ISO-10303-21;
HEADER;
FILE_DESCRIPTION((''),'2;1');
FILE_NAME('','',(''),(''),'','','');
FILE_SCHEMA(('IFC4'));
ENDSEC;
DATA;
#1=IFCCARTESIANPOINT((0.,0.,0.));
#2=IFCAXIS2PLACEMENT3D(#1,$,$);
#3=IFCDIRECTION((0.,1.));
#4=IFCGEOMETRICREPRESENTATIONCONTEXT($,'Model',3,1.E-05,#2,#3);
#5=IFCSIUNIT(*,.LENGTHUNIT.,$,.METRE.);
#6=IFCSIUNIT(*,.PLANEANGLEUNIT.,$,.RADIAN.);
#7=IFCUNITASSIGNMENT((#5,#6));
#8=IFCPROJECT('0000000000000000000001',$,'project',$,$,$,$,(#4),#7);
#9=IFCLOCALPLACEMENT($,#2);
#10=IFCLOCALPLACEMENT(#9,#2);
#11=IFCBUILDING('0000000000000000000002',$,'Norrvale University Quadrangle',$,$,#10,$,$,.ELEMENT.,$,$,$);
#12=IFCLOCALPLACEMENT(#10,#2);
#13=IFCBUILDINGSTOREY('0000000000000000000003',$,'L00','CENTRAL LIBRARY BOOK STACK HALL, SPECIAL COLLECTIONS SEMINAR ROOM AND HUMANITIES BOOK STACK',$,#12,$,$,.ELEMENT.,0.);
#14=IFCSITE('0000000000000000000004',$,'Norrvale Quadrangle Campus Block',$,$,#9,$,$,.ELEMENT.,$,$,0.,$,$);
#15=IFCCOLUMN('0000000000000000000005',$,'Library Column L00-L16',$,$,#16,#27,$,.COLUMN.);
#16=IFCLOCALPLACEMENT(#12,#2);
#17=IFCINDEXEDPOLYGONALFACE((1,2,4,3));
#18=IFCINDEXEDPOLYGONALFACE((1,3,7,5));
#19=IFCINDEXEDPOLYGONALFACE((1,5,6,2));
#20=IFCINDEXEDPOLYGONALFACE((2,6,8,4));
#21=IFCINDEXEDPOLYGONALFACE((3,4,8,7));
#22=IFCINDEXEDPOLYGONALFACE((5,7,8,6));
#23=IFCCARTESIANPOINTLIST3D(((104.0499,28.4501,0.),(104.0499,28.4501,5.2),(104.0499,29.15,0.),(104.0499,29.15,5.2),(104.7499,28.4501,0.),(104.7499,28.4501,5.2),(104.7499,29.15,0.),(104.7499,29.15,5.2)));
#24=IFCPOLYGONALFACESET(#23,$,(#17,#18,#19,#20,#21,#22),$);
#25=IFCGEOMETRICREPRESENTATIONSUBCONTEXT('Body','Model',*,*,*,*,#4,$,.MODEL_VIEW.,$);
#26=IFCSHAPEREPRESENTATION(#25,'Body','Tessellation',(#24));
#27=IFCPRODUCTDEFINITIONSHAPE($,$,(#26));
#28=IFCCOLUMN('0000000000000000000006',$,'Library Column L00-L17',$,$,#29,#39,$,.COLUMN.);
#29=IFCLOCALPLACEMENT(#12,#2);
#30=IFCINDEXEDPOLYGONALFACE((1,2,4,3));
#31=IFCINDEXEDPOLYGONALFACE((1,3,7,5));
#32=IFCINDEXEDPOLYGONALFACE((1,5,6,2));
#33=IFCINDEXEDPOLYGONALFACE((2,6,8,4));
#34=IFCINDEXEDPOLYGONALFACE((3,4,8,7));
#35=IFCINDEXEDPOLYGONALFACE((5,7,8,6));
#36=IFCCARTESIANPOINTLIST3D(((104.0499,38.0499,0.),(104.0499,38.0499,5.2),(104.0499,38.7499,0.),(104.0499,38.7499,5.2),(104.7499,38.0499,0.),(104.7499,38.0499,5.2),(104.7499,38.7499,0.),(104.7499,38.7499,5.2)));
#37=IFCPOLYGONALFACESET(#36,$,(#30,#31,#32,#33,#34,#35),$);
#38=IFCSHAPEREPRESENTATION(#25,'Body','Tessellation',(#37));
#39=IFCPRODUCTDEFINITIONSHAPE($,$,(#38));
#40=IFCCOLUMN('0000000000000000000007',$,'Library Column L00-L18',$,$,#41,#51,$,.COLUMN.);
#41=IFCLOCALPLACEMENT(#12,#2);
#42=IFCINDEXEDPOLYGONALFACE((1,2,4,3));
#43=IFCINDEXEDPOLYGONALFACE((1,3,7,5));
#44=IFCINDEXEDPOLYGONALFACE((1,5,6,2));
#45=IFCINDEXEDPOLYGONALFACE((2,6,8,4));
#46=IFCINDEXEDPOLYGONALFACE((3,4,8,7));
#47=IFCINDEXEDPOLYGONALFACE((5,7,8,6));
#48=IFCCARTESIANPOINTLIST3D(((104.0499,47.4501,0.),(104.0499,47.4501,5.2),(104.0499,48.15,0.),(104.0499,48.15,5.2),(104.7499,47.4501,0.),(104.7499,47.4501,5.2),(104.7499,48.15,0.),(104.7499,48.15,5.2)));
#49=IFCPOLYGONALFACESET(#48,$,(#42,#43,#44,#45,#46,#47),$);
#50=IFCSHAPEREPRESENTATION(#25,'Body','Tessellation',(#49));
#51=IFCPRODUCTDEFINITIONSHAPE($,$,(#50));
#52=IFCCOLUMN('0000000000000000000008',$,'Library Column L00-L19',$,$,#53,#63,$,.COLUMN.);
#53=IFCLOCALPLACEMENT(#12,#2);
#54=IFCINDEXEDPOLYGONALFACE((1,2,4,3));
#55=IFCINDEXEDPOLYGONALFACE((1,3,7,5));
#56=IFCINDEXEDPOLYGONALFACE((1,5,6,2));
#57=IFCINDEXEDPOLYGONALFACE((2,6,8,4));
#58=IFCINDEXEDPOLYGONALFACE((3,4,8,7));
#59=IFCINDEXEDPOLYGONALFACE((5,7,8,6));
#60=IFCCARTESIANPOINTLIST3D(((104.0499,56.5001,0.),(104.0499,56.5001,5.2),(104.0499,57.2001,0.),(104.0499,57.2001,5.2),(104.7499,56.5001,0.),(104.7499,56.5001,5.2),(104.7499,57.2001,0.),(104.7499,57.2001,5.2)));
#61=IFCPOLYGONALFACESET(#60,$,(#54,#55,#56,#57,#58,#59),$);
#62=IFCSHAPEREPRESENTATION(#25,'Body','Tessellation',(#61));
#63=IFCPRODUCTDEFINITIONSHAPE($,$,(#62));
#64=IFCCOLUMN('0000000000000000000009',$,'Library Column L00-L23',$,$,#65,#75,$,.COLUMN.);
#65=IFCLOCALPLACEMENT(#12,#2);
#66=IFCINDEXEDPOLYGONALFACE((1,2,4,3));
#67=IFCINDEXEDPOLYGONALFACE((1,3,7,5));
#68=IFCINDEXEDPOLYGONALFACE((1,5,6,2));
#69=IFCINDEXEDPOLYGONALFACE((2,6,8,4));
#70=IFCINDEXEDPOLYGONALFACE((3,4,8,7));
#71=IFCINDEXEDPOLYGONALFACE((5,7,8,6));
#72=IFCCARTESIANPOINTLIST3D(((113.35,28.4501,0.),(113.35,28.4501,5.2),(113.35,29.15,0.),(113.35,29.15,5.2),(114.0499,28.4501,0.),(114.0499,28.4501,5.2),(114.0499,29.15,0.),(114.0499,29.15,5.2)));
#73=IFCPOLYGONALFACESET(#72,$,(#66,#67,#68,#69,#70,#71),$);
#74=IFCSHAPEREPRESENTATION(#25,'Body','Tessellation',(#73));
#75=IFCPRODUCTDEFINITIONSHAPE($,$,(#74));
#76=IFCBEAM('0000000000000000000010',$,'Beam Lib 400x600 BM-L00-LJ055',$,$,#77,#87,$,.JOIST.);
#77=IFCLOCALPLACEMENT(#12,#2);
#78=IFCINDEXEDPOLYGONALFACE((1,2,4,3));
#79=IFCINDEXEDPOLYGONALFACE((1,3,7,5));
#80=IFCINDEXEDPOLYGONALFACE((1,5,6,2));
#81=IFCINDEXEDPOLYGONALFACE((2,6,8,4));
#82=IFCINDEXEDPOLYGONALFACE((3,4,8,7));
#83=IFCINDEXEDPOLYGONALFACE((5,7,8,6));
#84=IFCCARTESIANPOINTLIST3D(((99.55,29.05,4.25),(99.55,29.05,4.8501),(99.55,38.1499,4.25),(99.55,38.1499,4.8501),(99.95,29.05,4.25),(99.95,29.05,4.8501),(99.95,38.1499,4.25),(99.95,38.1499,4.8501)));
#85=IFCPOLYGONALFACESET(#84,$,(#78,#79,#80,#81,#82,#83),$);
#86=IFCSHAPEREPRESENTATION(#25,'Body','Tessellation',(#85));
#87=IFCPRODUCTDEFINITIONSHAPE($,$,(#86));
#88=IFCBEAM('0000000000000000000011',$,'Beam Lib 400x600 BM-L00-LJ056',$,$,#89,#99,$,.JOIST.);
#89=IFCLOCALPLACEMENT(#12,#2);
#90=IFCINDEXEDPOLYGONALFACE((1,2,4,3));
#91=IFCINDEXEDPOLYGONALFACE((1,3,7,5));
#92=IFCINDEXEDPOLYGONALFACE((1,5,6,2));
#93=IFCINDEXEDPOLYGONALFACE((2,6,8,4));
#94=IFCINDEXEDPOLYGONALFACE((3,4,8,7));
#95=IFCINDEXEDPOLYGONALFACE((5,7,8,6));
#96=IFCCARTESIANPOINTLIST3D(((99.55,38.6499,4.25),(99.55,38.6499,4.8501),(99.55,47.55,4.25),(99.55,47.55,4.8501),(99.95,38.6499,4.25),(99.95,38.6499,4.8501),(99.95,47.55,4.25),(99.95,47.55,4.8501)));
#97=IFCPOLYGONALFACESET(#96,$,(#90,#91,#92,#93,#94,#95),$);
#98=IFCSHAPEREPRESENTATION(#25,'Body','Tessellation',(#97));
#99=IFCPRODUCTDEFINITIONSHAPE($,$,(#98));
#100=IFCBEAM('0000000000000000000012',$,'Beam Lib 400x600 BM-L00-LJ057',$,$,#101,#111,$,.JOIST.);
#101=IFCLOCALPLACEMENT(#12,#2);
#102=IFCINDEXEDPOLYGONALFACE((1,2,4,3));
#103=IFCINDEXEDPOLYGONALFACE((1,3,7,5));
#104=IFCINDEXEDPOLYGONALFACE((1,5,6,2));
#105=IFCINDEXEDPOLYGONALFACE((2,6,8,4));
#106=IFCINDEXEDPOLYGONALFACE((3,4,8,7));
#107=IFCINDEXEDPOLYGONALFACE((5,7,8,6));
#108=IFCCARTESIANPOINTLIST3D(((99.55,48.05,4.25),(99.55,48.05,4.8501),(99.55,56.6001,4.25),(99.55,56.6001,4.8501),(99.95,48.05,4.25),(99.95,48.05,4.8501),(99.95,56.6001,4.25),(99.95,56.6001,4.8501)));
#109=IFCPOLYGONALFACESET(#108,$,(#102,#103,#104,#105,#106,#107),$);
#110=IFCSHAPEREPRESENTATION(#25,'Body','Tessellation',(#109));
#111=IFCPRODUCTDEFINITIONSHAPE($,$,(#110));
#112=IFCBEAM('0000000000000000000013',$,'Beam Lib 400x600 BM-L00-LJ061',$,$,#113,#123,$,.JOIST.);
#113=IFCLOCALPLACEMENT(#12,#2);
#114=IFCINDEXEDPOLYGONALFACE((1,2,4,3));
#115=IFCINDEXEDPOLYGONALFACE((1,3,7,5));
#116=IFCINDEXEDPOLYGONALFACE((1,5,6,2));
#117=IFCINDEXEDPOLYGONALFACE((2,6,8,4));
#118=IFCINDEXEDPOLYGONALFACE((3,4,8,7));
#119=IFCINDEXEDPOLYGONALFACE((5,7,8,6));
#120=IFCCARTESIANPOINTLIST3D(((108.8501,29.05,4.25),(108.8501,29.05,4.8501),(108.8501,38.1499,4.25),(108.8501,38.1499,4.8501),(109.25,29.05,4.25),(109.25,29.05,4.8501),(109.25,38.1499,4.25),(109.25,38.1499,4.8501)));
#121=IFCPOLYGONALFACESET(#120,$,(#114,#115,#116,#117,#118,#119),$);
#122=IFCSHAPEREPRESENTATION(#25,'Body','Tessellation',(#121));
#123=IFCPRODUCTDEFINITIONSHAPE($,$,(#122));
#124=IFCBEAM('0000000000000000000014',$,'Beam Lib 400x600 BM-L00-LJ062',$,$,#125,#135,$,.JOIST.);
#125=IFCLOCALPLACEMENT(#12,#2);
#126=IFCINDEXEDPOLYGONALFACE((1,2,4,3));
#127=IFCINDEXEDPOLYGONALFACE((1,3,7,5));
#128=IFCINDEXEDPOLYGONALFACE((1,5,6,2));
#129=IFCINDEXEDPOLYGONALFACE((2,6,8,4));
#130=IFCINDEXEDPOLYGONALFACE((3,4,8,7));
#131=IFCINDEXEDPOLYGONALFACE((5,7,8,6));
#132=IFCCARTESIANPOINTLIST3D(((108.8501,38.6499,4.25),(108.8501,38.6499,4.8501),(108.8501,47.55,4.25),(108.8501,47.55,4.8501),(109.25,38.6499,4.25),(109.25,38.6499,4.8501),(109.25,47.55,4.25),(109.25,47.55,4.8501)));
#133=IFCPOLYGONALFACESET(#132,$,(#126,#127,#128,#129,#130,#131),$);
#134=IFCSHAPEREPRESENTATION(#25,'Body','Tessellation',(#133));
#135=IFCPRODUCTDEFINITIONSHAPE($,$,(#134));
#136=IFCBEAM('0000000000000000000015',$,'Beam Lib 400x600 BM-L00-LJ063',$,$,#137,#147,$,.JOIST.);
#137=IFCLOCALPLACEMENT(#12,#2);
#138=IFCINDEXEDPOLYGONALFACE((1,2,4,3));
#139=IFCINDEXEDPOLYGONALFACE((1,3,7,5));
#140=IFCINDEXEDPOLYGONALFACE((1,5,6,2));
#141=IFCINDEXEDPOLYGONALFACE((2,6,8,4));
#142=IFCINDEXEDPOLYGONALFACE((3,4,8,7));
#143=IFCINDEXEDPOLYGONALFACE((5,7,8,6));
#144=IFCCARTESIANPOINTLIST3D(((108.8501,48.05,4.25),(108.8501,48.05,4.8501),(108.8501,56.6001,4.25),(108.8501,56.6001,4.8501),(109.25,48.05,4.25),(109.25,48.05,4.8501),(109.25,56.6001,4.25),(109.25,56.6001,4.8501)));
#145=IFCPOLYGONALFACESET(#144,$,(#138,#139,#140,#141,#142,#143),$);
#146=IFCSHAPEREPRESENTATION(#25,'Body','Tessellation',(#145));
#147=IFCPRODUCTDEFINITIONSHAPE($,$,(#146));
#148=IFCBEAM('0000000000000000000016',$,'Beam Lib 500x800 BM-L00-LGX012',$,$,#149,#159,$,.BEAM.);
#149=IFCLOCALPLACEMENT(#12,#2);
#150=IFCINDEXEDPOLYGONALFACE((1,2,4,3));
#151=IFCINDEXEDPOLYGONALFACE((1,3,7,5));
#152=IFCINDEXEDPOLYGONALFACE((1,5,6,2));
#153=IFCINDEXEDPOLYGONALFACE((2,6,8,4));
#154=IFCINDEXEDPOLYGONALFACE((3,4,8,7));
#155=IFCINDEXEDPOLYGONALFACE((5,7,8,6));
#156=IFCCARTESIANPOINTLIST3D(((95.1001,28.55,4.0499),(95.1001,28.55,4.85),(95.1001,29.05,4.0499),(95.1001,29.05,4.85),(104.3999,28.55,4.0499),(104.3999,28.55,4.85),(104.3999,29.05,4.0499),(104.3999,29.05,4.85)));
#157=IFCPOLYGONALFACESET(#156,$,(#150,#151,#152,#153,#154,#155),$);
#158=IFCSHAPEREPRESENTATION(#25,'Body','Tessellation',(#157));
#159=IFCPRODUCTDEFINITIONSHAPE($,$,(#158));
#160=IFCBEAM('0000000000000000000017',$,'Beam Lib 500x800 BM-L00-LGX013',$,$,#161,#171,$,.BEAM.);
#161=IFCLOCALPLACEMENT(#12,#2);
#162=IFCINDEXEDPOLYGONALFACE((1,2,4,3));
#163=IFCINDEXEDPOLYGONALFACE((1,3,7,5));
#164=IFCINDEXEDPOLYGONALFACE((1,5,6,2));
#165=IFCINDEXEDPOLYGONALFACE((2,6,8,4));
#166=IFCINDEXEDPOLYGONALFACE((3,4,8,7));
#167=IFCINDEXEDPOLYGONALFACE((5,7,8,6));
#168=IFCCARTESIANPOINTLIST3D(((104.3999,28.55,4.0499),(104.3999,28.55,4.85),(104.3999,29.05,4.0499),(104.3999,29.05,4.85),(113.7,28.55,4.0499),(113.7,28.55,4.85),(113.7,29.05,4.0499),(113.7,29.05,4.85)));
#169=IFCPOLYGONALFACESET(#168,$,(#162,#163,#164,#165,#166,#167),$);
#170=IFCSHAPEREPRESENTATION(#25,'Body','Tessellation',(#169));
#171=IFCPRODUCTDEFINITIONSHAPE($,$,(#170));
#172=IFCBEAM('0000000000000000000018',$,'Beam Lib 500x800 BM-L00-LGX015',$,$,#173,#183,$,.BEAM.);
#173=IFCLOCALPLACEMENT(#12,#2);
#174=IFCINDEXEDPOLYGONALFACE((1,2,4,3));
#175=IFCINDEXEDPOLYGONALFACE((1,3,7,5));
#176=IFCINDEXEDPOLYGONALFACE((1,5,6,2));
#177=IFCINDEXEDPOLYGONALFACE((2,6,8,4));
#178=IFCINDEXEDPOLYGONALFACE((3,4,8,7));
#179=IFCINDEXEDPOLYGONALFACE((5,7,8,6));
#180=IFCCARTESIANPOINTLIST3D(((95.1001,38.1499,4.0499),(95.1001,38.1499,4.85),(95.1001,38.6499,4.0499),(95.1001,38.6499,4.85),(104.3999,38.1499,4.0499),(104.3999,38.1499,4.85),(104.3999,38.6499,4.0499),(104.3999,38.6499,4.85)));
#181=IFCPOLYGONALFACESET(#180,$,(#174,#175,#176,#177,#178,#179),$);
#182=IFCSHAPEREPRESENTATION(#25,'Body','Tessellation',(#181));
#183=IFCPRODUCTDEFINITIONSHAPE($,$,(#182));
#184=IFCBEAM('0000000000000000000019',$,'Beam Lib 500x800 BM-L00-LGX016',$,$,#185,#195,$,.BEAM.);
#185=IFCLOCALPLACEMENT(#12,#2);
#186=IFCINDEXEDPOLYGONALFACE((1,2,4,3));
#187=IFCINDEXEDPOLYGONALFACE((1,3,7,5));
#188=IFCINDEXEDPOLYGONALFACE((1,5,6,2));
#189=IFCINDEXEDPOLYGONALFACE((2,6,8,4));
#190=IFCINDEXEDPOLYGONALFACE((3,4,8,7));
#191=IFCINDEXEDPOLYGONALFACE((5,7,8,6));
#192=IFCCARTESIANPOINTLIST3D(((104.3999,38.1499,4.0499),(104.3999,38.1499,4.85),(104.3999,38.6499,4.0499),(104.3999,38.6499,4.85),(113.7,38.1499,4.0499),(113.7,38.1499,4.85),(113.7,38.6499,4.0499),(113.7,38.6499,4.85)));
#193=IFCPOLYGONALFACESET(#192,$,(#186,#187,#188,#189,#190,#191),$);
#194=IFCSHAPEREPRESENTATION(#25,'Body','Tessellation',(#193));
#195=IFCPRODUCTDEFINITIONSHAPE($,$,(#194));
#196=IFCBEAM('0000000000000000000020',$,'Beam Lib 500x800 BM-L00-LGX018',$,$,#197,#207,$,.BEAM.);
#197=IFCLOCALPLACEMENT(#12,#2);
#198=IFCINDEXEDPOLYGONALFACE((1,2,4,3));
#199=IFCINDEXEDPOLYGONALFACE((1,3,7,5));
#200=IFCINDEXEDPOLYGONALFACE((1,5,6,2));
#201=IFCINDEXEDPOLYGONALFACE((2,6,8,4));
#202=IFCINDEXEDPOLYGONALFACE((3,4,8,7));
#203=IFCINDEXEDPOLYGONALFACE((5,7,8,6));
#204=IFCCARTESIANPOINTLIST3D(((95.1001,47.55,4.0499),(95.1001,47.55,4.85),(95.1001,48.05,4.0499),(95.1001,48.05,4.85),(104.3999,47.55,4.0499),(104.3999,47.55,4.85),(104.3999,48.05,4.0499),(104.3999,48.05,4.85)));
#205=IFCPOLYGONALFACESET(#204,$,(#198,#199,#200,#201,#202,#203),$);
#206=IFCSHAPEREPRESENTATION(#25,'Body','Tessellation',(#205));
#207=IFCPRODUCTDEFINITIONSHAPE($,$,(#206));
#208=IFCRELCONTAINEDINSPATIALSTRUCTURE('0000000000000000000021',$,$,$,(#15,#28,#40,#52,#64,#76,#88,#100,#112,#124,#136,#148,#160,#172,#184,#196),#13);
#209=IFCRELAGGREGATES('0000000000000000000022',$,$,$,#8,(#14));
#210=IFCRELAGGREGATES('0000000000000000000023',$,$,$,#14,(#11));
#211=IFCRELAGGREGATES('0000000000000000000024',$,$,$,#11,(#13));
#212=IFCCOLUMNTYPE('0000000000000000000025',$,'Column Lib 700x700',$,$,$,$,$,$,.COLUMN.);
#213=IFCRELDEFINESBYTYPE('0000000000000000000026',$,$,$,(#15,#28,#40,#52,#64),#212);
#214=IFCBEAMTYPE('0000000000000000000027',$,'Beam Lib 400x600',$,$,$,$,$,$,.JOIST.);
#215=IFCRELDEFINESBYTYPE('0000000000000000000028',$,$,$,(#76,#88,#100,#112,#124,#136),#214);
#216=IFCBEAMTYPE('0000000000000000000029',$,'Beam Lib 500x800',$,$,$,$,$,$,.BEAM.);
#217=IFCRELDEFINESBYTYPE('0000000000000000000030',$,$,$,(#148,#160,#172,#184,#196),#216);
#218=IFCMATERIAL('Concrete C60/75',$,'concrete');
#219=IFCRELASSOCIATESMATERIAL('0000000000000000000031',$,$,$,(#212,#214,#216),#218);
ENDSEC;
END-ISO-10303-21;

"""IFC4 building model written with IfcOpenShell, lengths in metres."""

from ifc_helpers import new_model, si_unit, direction, frame, origin, origin_2d, place, context, subcontext, project, spatial, rectangle, extrude, material, material_profile, profile_set, type_object, element, save


model = new_model("IFC4")

# Units and contexts
model_context = context("Model", 3, precision=1e-05, world=origin(), true_north=direction((0.0, 1.0)))
body_context = subcontext(model_context, "Body", "Model", "MODEL_VIEW")
ifc_project = project(units=[si_unit("LENGTHUNIT", "METRE"), si_unit("PLANEANGLEUNIT", "RADIAN")], contexts=[model_context])

# Site, building, storey
site_placement = place(None, origin())
site = spatial("IfcSite", under=ifc_project, at=site_placement, Name="Norrvale Quadrangle Campus Block", CompositionType="ELEMENT", RefElevation=0.0)
building_placement = place(site_placement, origin())
building = spatial("IfcBuilding", under=site, at=building_placement, Name="Norrvale University Quadrangle", CompositionType="ELEMENT")
storey_placement = place(building_placement, origin())
storey = spatial("IfcBuildingStorey", under=building, at=storey_placement, Name="L00", Description="CENTRAL LIBRARY BOOK STACK HALL, SPECIAL COLLECTIONS SEMINAR ROOM AND HUMANITIES BOOK STACK", CompositionType="ELEMENT", Elevation=0.0)

# Columns
ifc_material_1 = material(Name="Concrete C60/75", Category="concrete")
ifc_material_profile_1 = material_profile(ifc_material_1, rectangle(XDim=0.7, YDim=0.7, at=origin_2d()), Name="Concrete C60/75")
ifc_profile_set_1 = profile_set([ifc_material_profile_1], Name="Concrete C60/75")
column_type = type_object("IfcColumnType", Name="Column Lib 700x700", PredefinedType="COLUMN", material=ifc_profile_set_1)
for number, where, z_axis, x_axis, name in (
    (1, (104.3999, 28.8, 0.0), (0.0, 0.0, 1.0), (1.0, 0.0, 0.0), "Library Column L00-L16"),
    (2, (104.3999, 38.3999, 0.0), (0.0, 0.0, 1.0), (1.0, 0.0, 0.0), "Library Column L00-L17"),
    (3, (104.3999, 47.8, 0.0), (0.0, 0.0, 1.0), (1.0, 0.0, 0.0), "Library Column L00-L18"),
    (4, (104.3999, 56.8501, 0.0), (0.0, 0.0, 1.0), (1.0, 0.0, 0.0), "Library Column L00-L19"),
    (5, (113.7, 28.8, 0.0), (0.0, 0.0, 1.0), (1.0, 0.0, 0.0), "Library Column L00-L23"),
):
    element("IfcColumn", number, at=place(storey_placement, frame(where, z_axis=z_axis, x_axis=x_axis)), inside=storey, type_object=column_type, Name=name, PredefinedType="COLUMN", context=body_context, shape_type="SweptSolid", body=[
        extrude(rectangle(XDim=0.7, YDim=0.7, at=origin_2d()), origin(), (0.0, 0.0, 1.0), 5.2),
    ])

# Beams
ifc_material_profile_2 = material_profile(ifc_material_1, rectangle(XDim=0.3999, YDim=0.6001, at=origin_2d()), Name="Concrete C60/75")
ifc_profile_set_2 = profile_set([ifc_material_profile_2], Name="Concrete C60/75")
beam_type_1 = type_object("IfcBeamType", Name="Beam Lib 400x600", PredefinedType="JOIST", material=ifc_profile_set_2)
beam_1_placement = place(storey_placement, frame((99.75, 29.05, 4.55), z_axis=(0.0, 1.0, 0.0), x_axis=(-1.0, 0.0, 0.0)))
element("IfcBeam", 6, at=beam_1_placement, inside=storey, type_object=beam_type_1, Name="Beam Lib 400x600 BM-L00-LJ055", PredefinedType="JOIST", context=body_context, shape_type="SweptSolid", body=[
    extrude(rectangle(XDim=0.3999, YDim=0.6001, at=origin_2d()), origin(), (0.0, 0.0, 1.0), 9.0999),
])
beam_2_placement = place(storey_placement, frame((99.75, 38.6499, 4.55), z_axis=(0.0, 1.0, 0.0), x_axis=(-1.0, 0.0, 0.0)))
element("IfcBeam", 7, at=beam_2_placement, inside=storey, type_object=beam_type_1, Name="Beam Lib 400x600 BM-L00-LJ056", PredefinedType="JOIST", context=body_context, shape_type="SweptSolid", body=[
    extrude(rectangle(XDim=0.3999, YDim=0.6001, at=origin_2d()), origin(), (0.0, 0.0, 1.0), 8.9001),
])
beam_3_placement = place(storey_placement, frame((99.75, 48.05, 4.55), z_axis=(0.0, 1.0, 0.0), x_axis=(-1.0, 0.0, 0.0)))
element("IfcBeam", 8, at=beam_3_placement, inside=storey, type_object=beam_type_1, Name="Beam Lib 400x600 BM-L00-LJ057", PredefinedType="JOIST", context=body_context, shape_type="SweptSolid", body=[
    extrude(rectangle(XDim=0.3999, YDim=0.6001, at=origin_2d()), origin(), (0.0, 0.0, 1.0), 8.55),
])
beam_4_placement = place(storey_placement, frame((109.05, 29.05, 4.55), z_axis=(0.0, 1.0, 0.0), x_axis=(-1.0, 0.0, 0.0)))
element("IfcBeam", 9, at=beam_4_placement, inside=storey, type_object=beam_type_1, Name="Beam Lib 400x600 BM-L00-LJ061", PredefinedType="JOIST", context=body_context, shape_type="SweptSolid", body=[
    extrude(rectangle(XDim=0.3999, YDim=0.6001, at=origin_2d()), origin(), (0.0, 0.0, 1.0), 9.0999),
])
beam_5_placement = place(storey_placement, frame((109.05, 38.6499, 4.55), z_axis=(0.0, 1.0, 0.0), x_axis=(-1.0, 0.0, 0.0)))
element("IfcBeam", 10, at=beam_5_placement, inside=storey, type_object=beam_type_1, Name="Beam Lib 400x600 BM-L00-LJ062", PredefinedType="JOIST", context=body_context, shape_type="SweptSolid", body=[
    extrude(rectangle(XDim=0.3999, YDim=0.6001, at=origin_2d()), origin(), (0.0, 0.0, 1.0), 8.9001),
])
beam_6_placement = place(storey_placement, frame((109.05, 48.05, 4.55), z_axis=(0.0, 1.0, 0.0), x_axis=(-1.0, 0.0, 0.0)))
element("IfcBeam", 11, at=beam_6_placement, inside=storey, type_object=beam_type_1, Name="Beam Lib 400x600 BM-L00-LJ063", PredefinedType="JOIST", context=body_context, shape_type="SweptSolid", body=[
    extrude(rectangle(XDim=0.3999, YDim=0.6001, at=origin_2d()), origin(), (0.0, 0.0, 1.0), 8.55),
])
ifc_material_profile_3 = material_profile(ifc_material_1, rectangle(XDim=0.5, YDim=0.8, at=origin_2d()), Name="Concrete C60/75")
ifc_profile_set_3 = profile_set([ifc_material_profile_3], Name="Concrete C60/75")
beam_type_2 = type_object("IfcBeamType", Name="Beam Lib 500x800", PredefinedType="BEAM", material=ifc_profile_set_3)
beam_7_placement = place(storey_placement, frame((95.1001, 28.8, 4.45), z_axis=(1.0, 0.0, 0.0), x_axis=(0.0, 1.0, 0.0)))
element("IfcBeam", 12, at=beam_7_placement, inside=storey, type_object=beam_type_2, Name="Beam Lib 500x800 BM-L00-LGX012", PredefinedType="BEAM", context=body_context, shape_type="SweptSolid", body=[
    extrude(rectangle(XDim=0.5, YDim=0.8, at=origin_2d()), origin(), (0.0, 0.0, 1.0), 9.2998),
])
beam_8_placement = place(storey_placement, frame((104.3999, 28.8, 4.45), z_axis=(1.0, 0.0, 0.0), x_axis=(0.0, 1.0, 0.0)))
element("IfcBeam", 13, at=beam_8_placement, inside=storey, type_object=beam_type_2, Name="Beam Lib 500x800 BM-L00-LGX013", PredefinedType="BEAM", context=body_context, shape_type="SweptSolid", body=[
    extrude(rectangle(XDim=0.5, YDim=0.8, at=origin_2d()), origin(), (0.0, 0.0, 1.0), 9.3),
])
beam_9_placement = place(storey_placement, frame((95.1001, 38.3999, 4.45), z_axis=(1.0, 0.0, 0.0), x_axis=(0.0, 1.0, 0.0)))
element("IfcBeam", 14, at=beam_9_placement, inside=storey, type_object=beam_type_2, Name="Beam Lib 500x800 BM-L00-LGX015", PredefinedType="BEAM", context=body_context, shape_type="SweptSolid", body=[
    extrude(rectangle(XDim=0.5, YDim=0.8, at=origin_2d()), origin(), (0.0, 0.0, 1.0), 9.2998),
])
beam_10_placement = place(storey_placement, frame((104.3999, 38.3999, 4.45), z_axis=(1.0, 0.0, 0.0), x_axis=(0.0, 1.0, 0.0)))
element("IfcBeam", 15, at=beam_10_placement, inside=storey, type_object=beam_type_2, Name="Beam Lib 500x800 BM-L00-LGX016", PredefinedType="BEAM", context=body_context, shape_type="SweptSolid", body=[
    extrude(rectangle(XDim=0.5, YDim=0.8, at=origin_2d()), origin(), (0.0, 0.0, 1.0), 9.3),
])
beam_11_placement = place(storey_placement, frame((95.1001, 47.8, 4.45), z_axis=(1.0, 0.0, 0.0), x_axis=(0.0, 1.0, 0.0)))
element("IfcBeam", 16, at=beam_11_placement, inside=storey, type_object=beam_type_2, Name="Beam Lib 500x800 BM-L00-LGX018", PredefinedType="BEAM", context=body_context, shape_type="SweptSolid", body=[
    extrude(rectangle(XDim=0.5, YDim=0.8, at=origin_2d()), origin(), (0.0, 0.0, 1.0), 9.2998),
])

save(model, "model.ifc")
